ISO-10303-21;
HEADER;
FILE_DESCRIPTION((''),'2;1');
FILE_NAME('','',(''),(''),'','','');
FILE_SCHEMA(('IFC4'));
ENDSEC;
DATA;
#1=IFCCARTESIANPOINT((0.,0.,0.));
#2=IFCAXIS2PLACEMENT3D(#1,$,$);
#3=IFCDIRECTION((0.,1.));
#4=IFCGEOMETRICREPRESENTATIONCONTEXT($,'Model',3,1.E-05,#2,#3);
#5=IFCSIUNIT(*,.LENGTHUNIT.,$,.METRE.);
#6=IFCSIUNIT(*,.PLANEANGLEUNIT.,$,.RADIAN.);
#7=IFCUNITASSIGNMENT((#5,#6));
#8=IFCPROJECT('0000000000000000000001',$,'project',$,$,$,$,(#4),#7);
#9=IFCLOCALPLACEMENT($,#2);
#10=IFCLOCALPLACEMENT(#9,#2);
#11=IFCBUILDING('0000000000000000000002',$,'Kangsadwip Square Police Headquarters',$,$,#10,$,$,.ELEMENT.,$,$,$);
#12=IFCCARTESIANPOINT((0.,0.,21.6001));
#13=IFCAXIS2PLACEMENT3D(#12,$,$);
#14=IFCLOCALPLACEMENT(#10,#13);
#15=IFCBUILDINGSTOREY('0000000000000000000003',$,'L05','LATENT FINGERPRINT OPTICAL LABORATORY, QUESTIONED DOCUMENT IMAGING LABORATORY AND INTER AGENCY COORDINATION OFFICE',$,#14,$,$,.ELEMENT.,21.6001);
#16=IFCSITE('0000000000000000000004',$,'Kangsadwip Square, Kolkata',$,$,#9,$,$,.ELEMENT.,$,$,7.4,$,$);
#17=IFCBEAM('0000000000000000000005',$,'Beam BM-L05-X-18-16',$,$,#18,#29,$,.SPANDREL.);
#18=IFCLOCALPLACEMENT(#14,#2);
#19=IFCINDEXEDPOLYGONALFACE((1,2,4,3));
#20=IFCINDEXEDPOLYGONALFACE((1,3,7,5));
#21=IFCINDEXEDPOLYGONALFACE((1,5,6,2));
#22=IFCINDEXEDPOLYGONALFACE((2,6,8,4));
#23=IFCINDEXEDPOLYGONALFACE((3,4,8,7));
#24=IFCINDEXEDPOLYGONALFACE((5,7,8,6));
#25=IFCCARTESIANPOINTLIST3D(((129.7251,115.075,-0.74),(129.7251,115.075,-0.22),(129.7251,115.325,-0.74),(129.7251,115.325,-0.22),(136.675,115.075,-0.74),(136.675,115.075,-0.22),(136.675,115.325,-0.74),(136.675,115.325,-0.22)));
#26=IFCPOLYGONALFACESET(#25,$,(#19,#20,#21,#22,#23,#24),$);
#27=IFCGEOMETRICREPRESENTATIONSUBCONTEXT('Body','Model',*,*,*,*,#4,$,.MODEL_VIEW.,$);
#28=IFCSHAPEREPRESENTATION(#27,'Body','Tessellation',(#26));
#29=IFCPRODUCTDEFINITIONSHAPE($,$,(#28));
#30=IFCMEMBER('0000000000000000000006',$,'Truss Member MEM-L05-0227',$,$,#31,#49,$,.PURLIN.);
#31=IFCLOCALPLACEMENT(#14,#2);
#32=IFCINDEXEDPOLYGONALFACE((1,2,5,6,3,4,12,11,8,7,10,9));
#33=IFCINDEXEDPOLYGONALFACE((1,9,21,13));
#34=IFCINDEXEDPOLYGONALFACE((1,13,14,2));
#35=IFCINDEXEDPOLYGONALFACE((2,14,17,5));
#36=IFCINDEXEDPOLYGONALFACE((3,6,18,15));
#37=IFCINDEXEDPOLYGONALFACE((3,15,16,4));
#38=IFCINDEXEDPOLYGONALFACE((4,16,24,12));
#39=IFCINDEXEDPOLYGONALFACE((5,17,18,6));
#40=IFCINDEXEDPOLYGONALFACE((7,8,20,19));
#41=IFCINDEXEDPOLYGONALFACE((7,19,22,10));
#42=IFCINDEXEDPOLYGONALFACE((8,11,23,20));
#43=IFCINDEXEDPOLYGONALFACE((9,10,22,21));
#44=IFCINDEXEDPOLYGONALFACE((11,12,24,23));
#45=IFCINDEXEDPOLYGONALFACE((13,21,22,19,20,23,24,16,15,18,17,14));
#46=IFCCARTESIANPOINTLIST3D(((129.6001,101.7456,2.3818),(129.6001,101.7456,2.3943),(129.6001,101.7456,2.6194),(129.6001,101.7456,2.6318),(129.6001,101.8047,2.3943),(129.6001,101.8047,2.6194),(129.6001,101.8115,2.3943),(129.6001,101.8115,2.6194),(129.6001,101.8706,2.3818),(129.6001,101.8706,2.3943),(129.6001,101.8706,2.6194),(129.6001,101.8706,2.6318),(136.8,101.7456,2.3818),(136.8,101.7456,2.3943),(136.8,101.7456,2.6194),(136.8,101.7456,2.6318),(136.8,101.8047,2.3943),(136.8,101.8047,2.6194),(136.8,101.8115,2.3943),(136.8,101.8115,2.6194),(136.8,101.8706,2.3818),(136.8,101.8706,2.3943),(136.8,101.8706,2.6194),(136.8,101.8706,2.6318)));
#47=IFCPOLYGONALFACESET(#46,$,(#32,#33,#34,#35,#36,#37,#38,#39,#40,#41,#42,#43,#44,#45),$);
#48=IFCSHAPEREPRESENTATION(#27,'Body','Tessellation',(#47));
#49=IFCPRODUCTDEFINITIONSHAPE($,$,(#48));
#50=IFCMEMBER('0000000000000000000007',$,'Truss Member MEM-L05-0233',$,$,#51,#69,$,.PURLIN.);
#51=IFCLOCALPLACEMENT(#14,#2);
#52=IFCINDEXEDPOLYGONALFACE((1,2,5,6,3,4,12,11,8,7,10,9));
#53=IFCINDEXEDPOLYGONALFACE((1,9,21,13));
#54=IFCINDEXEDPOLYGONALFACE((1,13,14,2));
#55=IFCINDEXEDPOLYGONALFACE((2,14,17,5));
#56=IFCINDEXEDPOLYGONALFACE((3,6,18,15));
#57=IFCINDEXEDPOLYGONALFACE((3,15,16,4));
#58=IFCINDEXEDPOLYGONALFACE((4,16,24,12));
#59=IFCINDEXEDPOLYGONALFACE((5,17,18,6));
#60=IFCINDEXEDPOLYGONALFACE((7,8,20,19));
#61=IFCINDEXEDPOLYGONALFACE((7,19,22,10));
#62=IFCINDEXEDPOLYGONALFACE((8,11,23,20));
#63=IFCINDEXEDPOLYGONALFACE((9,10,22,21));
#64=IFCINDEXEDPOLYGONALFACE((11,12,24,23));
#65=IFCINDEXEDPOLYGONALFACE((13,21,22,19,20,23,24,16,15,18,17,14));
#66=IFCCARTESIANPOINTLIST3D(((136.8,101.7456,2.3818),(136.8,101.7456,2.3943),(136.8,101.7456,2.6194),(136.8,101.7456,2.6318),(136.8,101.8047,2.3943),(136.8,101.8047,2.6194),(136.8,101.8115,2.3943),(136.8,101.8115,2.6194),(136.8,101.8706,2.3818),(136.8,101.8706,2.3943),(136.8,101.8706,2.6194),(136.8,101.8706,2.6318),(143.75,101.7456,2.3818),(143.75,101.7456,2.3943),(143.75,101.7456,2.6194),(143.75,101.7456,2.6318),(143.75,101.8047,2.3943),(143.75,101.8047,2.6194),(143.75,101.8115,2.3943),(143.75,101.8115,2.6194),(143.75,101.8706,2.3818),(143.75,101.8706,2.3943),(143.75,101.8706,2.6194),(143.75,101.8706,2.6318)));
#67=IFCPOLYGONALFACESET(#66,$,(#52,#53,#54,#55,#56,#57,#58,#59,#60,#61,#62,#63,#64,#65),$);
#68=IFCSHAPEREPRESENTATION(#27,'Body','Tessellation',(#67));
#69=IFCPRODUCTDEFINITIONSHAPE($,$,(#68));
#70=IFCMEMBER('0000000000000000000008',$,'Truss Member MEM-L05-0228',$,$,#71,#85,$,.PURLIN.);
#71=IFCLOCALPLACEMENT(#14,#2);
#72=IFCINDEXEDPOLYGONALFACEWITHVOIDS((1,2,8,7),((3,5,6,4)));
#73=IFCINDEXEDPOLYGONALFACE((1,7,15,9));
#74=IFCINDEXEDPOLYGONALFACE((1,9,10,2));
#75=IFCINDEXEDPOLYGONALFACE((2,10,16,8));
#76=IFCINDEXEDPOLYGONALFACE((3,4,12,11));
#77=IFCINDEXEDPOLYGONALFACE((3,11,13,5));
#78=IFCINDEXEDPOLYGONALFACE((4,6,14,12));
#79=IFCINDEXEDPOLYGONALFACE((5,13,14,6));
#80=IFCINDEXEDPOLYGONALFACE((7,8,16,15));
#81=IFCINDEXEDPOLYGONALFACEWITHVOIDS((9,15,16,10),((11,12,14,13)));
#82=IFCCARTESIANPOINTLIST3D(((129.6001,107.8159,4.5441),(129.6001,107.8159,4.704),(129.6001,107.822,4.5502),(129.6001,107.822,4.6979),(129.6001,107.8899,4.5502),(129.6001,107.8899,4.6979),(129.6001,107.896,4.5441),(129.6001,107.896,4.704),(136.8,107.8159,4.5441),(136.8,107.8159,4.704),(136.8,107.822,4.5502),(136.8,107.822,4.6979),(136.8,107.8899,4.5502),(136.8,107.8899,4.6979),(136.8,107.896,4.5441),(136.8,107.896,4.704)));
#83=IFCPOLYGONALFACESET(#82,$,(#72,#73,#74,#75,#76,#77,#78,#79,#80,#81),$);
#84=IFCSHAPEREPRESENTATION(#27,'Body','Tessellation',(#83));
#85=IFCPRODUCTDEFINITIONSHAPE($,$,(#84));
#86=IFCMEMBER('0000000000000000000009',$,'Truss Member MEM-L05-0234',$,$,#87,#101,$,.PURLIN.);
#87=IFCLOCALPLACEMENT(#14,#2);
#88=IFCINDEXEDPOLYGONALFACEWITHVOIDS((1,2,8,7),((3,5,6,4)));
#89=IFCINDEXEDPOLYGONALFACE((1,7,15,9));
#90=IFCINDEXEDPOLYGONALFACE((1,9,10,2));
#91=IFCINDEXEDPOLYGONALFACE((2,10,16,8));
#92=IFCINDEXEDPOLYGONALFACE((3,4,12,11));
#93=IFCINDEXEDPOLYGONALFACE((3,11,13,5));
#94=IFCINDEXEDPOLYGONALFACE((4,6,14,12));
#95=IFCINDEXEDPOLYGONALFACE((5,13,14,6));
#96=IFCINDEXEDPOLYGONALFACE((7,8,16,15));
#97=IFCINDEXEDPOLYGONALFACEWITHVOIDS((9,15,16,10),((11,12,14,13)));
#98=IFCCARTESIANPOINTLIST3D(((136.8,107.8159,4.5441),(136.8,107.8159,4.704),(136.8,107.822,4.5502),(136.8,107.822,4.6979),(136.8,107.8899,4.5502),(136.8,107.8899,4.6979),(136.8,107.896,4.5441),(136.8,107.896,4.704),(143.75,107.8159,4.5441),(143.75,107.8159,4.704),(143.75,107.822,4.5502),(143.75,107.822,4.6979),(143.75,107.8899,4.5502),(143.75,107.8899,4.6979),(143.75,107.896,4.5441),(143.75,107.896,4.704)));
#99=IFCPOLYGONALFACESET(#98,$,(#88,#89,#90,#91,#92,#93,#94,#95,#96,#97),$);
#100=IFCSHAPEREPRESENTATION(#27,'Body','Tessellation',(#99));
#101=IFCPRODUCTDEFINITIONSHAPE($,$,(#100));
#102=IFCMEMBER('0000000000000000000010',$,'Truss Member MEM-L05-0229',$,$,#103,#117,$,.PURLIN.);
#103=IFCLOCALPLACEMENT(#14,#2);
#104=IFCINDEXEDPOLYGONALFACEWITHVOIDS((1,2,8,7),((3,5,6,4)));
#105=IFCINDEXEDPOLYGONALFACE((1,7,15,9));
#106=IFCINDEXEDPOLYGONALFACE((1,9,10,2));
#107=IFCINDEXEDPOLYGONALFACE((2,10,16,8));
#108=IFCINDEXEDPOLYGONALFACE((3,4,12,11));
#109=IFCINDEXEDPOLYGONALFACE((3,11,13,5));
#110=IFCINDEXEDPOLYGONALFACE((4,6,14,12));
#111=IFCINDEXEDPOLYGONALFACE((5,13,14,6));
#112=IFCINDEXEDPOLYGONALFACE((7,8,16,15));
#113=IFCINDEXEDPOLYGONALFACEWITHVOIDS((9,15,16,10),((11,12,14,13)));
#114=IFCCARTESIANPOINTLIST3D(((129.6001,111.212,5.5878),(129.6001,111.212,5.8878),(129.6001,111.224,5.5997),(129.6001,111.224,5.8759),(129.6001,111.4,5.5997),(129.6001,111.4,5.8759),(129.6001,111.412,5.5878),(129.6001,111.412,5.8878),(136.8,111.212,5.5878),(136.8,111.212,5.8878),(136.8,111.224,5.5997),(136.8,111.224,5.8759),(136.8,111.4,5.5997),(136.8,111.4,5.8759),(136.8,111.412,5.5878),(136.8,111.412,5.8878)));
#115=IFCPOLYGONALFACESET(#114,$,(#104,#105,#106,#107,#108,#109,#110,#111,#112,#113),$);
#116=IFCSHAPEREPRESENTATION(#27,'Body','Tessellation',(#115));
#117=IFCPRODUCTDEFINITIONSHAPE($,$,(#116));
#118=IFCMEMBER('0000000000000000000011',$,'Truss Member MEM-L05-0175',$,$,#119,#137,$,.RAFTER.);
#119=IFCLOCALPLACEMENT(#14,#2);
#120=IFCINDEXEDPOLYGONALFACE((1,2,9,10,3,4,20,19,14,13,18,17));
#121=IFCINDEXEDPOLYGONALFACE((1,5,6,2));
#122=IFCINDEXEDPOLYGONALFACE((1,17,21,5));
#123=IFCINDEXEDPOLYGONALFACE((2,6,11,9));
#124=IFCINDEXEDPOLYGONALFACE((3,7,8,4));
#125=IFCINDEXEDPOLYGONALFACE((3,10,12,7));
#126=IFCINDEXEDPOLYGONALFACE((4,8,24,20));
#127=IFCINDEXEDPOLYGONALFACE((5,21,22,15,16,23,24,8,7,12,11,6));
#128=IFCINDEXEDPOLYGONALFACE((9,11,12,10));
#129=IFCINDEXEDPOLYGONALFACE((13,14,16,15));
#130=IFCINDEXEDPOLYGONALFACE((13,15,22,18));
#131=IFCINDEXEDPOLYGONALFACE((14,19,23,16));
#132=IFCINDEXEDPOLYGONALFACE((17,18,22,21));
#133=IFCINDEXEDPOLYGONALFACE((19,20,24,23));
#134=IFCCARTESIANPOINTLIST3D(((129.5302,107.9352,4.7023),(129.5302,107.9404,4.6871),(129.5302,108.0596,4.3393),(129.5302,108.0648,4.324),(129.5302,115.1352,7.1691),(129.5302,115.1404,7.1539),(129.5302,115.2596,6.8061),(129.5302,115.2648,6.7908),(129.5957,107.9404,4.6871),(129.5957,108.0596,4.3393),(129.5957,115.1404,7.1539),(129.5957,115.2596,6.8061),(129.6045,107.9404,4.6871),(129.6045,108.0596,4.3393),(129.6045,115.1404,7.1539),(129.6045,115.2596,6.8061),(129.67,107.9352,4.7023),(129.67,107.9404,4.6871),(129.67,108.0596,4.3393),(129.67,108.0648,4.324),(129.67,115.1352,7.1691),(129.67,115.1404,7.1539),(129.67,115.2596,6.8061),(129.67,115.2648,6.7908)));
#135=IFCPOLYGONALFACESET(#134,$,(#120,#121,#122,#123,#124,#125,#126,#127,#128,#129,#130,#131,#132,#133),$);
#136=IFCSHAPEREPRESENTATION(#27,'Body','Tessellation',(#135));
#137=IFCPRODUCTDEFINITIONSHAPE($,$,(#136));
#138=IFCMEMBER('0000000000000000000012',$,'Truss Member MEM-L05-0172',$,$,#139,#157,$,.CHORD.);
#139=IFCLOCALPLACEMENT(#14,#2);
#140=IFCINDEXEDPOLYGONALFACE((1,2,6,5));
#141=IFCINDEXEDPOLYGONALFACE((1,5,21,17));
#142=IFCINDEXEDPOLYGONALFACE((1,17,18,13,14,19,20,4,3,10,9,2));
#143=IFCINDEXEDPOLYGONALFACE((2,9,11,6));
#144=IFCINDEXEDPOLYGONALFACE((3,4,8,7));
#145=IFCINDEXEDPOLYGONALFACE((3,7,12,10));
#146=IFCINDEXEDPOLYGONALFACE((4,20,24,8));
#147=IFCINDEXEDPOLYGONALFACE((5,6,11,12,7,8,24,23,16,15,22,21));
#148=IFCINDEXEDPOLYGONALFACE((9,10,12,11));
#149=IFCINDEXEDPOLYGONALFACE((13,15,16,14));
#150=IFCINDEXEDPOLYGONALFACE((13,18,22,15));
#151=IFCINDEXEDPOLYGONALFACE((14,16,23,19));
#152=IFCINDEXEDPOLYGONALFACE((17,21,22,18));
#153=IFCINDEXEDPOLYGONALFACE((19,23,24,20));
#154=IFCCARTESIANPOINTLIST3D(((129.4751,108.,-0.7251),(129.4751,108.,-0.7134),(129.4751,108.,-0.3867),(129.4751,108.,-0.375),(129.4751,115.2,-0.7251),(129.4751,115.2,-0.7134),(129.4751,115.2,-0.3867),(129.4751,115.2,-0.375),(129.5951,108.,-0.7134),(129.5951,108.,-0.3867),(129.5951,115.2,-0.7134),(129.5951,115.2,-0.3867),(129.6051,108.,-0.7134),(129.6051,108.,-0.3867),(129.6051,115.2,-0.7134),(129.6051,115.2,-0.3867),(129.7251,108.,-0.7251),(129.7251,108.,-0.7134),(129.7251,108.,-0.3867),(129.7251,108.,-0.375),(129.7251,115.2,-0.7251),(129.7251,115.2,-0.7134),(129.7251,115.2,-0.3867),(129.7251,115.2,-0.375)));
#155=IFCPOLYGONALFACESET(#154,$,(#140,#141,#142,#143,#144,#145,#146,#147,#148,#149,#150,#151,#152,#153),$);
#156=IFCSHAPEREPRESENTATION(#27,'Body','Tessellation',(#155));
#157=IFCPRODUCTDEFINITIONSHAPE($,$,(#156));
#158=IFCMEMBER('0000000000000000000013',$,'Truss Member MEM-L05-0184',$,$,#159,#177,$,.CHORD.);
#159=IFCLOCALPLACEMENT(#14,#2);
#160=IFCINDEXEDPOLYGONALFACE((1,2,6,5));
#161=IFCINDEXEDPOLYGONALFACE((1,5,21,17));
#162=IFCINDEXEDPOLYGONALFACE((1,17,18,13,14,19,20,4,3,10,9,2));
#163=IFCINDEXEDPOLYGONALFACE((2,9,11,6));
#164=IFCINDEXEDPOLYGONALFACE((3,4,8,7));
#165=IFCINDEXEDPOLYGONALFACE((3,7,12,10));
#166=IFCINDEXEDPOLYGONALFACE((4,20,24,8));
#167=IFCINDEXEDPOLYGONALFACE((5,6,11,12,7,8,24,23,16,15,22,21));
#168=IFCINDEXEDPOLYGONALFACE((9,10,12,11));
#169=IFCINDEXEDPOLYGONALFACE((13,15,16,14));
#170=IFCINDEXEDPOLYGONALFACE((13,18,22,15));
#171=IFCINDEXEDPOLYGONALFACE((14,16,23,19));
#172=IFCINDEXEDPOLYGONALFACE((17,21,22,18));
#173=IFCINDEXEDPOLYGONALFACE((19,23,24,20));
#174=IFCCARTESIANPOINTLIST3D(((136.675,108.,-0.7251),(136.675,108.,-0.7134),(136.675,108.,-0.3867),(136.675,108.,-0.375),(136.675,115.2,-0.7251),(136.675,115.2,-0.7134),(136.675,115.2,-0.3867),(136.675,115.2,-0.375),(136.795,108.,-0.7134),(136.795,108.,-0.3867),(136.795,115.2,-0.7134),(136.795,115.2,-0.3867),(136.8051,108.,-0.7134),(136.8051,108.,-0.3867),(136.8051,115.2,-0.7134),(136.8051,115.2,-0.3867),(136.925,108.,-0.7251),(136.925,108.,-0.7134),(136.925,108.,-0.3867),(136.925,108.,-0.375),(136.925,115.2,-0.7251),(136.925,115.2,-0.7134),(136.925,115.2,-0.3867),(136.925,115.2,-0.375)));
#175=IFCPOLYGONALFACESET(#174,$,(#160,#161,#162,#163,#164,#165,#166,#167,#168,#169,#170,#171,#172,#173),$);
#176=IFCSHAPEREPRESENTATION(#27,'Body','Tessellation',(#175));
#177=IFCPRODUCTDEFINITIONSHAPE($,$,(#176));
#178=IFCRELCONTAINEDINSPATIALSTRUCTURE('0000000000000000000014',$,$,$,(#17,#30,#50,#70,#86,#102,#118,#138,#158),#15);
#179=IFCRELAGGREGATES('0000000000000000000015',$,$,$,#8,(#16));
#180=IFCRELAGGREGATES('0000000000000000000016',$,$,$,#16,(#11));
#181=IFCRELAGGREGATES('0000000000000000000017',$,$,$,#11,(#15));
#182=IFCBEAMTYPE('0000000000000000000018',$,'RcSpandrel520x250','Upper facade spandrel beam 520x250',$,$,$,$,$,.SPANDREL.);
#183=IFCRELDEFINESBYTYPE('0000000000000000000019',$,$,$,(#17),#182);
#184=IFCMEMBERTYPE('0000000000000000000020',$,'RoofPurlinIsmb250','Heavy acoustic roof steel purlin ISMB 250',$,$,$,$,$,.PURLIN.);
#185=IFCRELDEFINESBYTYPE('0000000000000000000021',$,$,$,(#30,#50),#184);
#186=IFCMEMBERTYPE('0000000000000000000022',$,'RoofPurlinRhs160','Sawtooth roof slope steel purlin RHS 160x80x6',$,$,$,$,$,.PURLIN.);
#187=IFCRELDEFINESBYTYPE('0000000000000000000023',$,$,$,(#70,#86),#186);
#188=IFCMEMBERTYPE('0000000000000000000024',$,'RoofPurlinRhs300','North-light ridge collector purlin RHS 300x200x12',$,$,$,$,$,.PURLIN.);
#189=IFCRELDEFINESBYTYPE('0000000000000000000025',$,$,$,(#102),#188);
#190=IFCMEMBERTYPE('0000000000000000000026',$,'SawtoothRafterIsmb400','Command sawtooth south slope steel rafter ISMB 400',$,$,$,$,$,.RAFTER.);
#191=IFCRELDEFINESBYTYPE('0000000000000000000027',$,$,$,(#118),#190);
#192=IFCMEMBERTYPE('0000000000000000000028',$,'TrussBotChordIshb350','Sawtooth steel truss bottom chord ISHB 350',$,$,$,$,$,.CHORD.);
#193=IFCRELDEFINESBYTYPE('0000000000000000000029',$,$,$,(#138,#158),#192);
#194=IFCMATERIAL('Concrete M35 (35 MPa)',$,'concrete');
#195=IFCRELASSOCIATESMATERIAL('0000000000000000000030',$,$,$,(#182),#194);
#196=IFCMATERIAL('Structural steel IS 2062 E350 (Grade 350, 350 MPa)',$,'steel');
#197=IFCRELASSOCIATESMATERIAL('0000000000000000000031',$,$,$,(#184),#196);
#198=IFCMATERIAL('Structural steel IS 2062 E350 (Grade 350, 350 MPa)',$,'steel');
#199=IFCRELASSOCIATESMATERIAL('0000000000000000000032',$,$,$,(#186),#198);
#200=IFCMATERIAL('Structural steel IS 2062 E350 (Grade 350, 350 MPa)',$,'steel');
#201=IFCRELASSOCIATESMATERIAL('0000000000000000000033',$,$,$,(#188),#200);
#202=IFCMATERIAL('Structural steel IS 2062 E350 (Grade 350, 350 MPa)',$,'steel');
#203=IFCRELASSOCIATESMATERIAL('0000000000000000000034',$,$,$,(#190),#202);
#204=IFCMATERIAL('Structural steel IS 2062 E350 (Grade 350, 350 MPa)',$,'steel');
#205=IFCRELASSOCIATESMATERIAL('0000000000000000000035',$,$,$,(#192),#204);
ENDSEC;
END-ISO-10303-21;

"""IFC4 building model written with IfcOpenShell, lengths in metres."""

from ifc_helpers import new_model, si_unit, direction, frame, origin, origin_2d, place, context, subcontext, project, spatial, rectangle, hollow_rectangle, i_section, extrude, material, material_profile, profile_set, type_object, element, save


model = new_model("IFC4")

# Units and contexts
model_context = context("Model", 3, precision=1e-05, world=origin(), true_north=direction((0.0, 1.0)))
body_context = subcontext(model_context, "Body", "Model", "MODEL_VIEW")
ifc_project = project(units=[si_unit("LENGTHUNIT", "METRE"), si_unit("PLANEANGLEUNIT", "RADIAN")], contexts=[model_context])

# Site, building, storey
site_placement = place(None, origin())
site = spatial("IfcSite", under=ifc_project, at=site_placement, Name="Kangsadwip Square, Kolkata", CompositionType="ELEMENT", RefElevation=7.4)
building_placement = place(site_placement, origin())
building = spatial("IfcBuilding", under=site, at=building_placement, Name="Kangsadwip Square Police Headquarters", CompositionType="ELEMENT")
storey_placement = place(building_placement, frame((0.0, 0.0, 21.6001)))
storey = spatial("IfcBuildingStorey", under=building, at=storey_placement, Name="L05", Description="LATENT FINGERPRINT OPTICAL LABORATORY, QUESTIONED DOCUMENT IMAGING LABORATORY AND INTER AGENCY COORDINATION OFFICE", CompositionType="ELEMENT", Elevation=21.6001)

# Beam
ifc_material_1 = material(Name="Concrete M35 (35 MPa)", Category="concrete")
ifc_material_profile_1 = material_profile(ifc_material_1, rectangle(XDim=0.25, YDim=0.52, at=origin_2d()), Name="RC SPN 520X250")
ifc_profile_set_1 = profile_set([ifc_material_profile_1], Name="Concrete M35 (35 MPa)")
beam_type = type_object("IfcBeamType", Name="RcSpandrel520x250", Description="Upper facade spandrel beam 520x250", PredefinedType="SPANDREL", material=ifc_profile_set_1)
beam_placement = place(storey_placement, frame((129.7251, 115.2, -0.48), z_axis=(1.0, 0.0, 0.0), x_axis=(0.0, 1.0, 0.0)))
element("IfcBeam", 1, at=beam_placement, inside=storey, type_object=beam_type, Name="Beam BM-L05-X-18-16", PredefinedType="SPANDREL", context=body_context, shape_type="SweptSolid", body=[
    extrude(rectangle(XDim=0.25, YDim=0.52, at=origin_2d()), origin(), (0.0, 0.0, 1.0), 6.95),
])

# Members
ifc_material_2 = material(Name="Structural steel IS 2062 E350 (Grade 350, 350 MPa)", Category="steel")
ifc_material_profile_2 = material_profile(ifc_material_2, i_section(OverallWidth=0.125, OverallDepth=0.25, WebThickness=0.0068, FlangeThickness=0.0125, at=origin_2d()), Name="ISMB 250")
ifc_profile_set_2 = profile_set([ifc_material_profile_2], Name="Structural steel IS 2062 E350 (Grade 350, 350 MPa)")
member_type_1 = type_object("IfcMemberType", Name="RoofPurlinIsmb250", Description="Heavy acoustic roof steel purlin ISMB 250", PredefinedType="PURLIN", material=ifc_profile_set_2)
member_1_placement = place(storey_placement, frame((129.6001, 101.8081, 2.5068), z_axis=(1.0, 0.0, 0.0), x_axis=(0.0, 1.0, 0.0)))
element("IfcMember", 2, at=member_1_placement, inside=storey, type_object=member_type_1, Name="Truss Member MEM-L05-0227", PredefinedType="PURLIN", context=body_context, shape_type="SweptSolid", body=[
    extrude(i_section(OverallWidth=0.125, OverallDepth=0.25, WebThickness=0.0068, FlangeThickness=0.0125, at=origin_2d()), origin(), (0.0, 0.0, 1.0), 7.2),
])
member_2_placement = place(storey_placement, frame((136.8, 101.8081, 2.5068), z_axis=(1.0, 0.0, 0.0), x_axis=(0.0, 1.0, 0.0)))
element("IfcMember", 3, at=member_2_placement, inside=storey, type_object=member_type_1, Name="Truss Member MEM-L05-0233", PredefinedType="PURLIN", context=body_context, shape_type="SweptSolid", body=[
    extrude(i_section(OverallWidth=0.125, OverallDepth=0.25, WebThickness=0.0068, FlangeThickness=0.0125, at=origin_2d()), origin(), (0.0, 0.0, 1.0), 6.95),
])
ifc_material_3 = material(Name="Structural steel IS 2062 E350 (Grade 350, 350 MPa)", Category="steel")
ifc_material_profile_3 = material_profile(ifc_material_3, hollow_rectangle(XDim=0.0801, YDim=0.1599, WallThickness=0.0061, at=origin_2d()), Name="RHS 160X80X6")
ifc_profile_set_3 = profile_set([ifc_material_profile_3], Name="Structural steel IS 2062 E350 (Grade 350, 350 MPa)")
member_type_2 = type_object("IfcMemberType", Name="RoofPurlinRhs160", Description="Sawtooth roof slope steel purlin RHS 160x80x6", PredefinedType="PURLIN", material=ifc_profile_set_3)
member_3_placement = place(storey_placement, frame((129.6001, 107.856, 4.624), z_axis=(1.0, 0.0, 0.0), x_axis=(0.0, 1.0, 0.0)))
element("IfcMember", 4, at=member_3_placement, inside=storey, type_object=member_type_2, Name="Truss Member MEM-L05-0228", PredefinedType="PURLIN", context=body_context, shape_type="SweptSolid", body=[
    extrude(hollow_rectangle(XDim=0.0801, YDim=0.1599, WallThickness=0.0061, at=origin_2d()), origin(), (0.0, 0.0, 1.0), 7.2),
])
member_4_placement = place(storey_placement, frame((136.8, 107.856, 4.624), z_axis=(1.0, 0.0, 0.0), x_axis=(0.0, 1.0, 0.0)))
element("IfcMember", 5, at=member_4_placement, inside=storey, type_object=member_type_2, Name="Truss Member MEM-L05-0234", PredefinedType="PURLIN", context=body_context, shape_type="SweptSolid", body=[
    extrude(hollow_rectangle(XDim=0.0801, YDim=0.1599, WallThickness=0.0061, at=origin_2d()), origin(), (0.0, 0.0, 1.0), 6.95),
])
ifc_material_4 = material(Name="Structural steel IS 2062 E350 (Grade 350, 350 MPa)", Category="steel")
ifc_material_profile_4 = material_profile(ifc_material_4, hollow_rectangle(XDim=0.2, YDim=0.3, WallThickness=0.012, at=origin_2d()), Name="RHS 300X200X12")
ifc_profile_set_4 = profile_set([ifc_material_profile_4], Name="Structural steel IS 2062 E350 (Grade 350, 350 MPa)")
member_type_3 = type_object("IfcMemberType", Name="RoofPurlinRhs300", Description="North-light ridge collector purlin RHS 300x200x12", PredefinedType="PURLIN", material=ifc_profile_set_4)
member_5_placement = place(storey_placement, frame((129.6001, 111.312, 5.7378), z_axis=(1.0, 0.0, 0.0), x_axis=(0.0, 1.0, 0.0)))
element("IfcMember", 6, at=member_5_placement, inside=storey, type_object=member_type_3, Name="Truss Member MEM-L05-0229", PredefinedType="PURLIN", context=body_context, shape_type="SweptSolid", body=[
    extrude(hollow_rectangle(XDim=0.2, YDim=0.3, WallThickness=0.012, at=origin_2d()), origin(), (0.0, 0.0, 1.0), 7.2),
])
ifc_material_5 = material(Name="Structural steel IS 2062 E350 (Grade 350, 350 MPa)", Category="steel")
ifc_material_profile_5 = material_profile(ifc_material_5, i_section(OverallWidth=0.1399, OverallDepth=0.3999, WebThickness=0.0088, FlangeThickness=0.0161, at=origin_2d()), Name="ISMB 400")
ifc_profile_set_5 = profile_set([ifc_material_profile_5], Name="Structural steel IS 2062 E350 (Grade 350, 350 MPa)")
member_type_4 = type_object("IfcMemberType", Name="SawtoothRafterIsmb400", Description="Command sawtooth south slope steel rafter ISMB 400", PredefinedType="RAFTER", material=ifc_profile_set_5)
member_6_placement = place(storey_placement, frame((129.6001, 108.0, 4.5132), z_axis=(0.0, 0.946017, 0.324118), x_axis=(-1.0, 0.0, 0.0)))
element("IfcMember", 7, at=member_6_placement, inside=storey, type_object=member_type_4, Name="Truss Member MEM-L05-0175", PredefinedType="RAFTER", context=body_context, shape_type="SweptSolid", body=[
    extrude(i_section(OverallWidth=0.1399, OverallDepth=0.3999, WebThickness=0.0088, FlangeThickness=0.0161, at=origin_2d()), origin(), (0.0, 0.0, 1.0), 7.6108),
])
ifc_material_6 = material(Name="Structural steel IS 2062 E350 (Grade 350, 350 MPa)", Category="steel")
ifc_material_profile_6 = material_profile(ifc_material_6, i_section(OverallWidth=0.25, OverallDepth=0.3501, WebThickness=0.01, FlangeThickness=0.0117, at=origin_2d()), Name="ISHB 350")
ifc_profile_set_6 = profile_set([ifc_material_profile_6], Name="Structural steel IS 2062 E350 (Grade 350, 350 MPa)")
member_type_5 = type_object("IfcMemberType", Name="TrussBotChordIshb350", Description="Sawtooth steel truss bottom chord ISHB 350", PredefinedType="CHORD", material=ifc_profile_set_6)
for number, where, z_axis, x_axis, name in (
    (8, (129.6001, 108.0, -0.55), (0.0, 1.0, 0.0), (-1.0, 0.0, 0.0), "Truss Member MEM-L05-0172"),
    (9, (136.8, 108.0, -0.55), (0.0, 1.0, 0.0), (-1.0, 0.0, 0.0), "Truss Member MEM-L05-0184"),
):
    element("IfcMember", number, at=place(storey_placement, frame(where, z_axis=z_axis, x_axis=x_axis)), inside=storey, type_object=member_type_5, Name=name, PredefinedType="CHORD", context=body_context, shape_type="SweptSolid", body=[
        extrude(i_section(OverallWidth=0.25, OverallDepth=0.3501, WebThickness=0.01, FlangeThickness=0.0117, at=origin_2d()), origin(), (0.0, 0.0, 1.0), 7.2),
    ])

save(model, "model.ifc")
